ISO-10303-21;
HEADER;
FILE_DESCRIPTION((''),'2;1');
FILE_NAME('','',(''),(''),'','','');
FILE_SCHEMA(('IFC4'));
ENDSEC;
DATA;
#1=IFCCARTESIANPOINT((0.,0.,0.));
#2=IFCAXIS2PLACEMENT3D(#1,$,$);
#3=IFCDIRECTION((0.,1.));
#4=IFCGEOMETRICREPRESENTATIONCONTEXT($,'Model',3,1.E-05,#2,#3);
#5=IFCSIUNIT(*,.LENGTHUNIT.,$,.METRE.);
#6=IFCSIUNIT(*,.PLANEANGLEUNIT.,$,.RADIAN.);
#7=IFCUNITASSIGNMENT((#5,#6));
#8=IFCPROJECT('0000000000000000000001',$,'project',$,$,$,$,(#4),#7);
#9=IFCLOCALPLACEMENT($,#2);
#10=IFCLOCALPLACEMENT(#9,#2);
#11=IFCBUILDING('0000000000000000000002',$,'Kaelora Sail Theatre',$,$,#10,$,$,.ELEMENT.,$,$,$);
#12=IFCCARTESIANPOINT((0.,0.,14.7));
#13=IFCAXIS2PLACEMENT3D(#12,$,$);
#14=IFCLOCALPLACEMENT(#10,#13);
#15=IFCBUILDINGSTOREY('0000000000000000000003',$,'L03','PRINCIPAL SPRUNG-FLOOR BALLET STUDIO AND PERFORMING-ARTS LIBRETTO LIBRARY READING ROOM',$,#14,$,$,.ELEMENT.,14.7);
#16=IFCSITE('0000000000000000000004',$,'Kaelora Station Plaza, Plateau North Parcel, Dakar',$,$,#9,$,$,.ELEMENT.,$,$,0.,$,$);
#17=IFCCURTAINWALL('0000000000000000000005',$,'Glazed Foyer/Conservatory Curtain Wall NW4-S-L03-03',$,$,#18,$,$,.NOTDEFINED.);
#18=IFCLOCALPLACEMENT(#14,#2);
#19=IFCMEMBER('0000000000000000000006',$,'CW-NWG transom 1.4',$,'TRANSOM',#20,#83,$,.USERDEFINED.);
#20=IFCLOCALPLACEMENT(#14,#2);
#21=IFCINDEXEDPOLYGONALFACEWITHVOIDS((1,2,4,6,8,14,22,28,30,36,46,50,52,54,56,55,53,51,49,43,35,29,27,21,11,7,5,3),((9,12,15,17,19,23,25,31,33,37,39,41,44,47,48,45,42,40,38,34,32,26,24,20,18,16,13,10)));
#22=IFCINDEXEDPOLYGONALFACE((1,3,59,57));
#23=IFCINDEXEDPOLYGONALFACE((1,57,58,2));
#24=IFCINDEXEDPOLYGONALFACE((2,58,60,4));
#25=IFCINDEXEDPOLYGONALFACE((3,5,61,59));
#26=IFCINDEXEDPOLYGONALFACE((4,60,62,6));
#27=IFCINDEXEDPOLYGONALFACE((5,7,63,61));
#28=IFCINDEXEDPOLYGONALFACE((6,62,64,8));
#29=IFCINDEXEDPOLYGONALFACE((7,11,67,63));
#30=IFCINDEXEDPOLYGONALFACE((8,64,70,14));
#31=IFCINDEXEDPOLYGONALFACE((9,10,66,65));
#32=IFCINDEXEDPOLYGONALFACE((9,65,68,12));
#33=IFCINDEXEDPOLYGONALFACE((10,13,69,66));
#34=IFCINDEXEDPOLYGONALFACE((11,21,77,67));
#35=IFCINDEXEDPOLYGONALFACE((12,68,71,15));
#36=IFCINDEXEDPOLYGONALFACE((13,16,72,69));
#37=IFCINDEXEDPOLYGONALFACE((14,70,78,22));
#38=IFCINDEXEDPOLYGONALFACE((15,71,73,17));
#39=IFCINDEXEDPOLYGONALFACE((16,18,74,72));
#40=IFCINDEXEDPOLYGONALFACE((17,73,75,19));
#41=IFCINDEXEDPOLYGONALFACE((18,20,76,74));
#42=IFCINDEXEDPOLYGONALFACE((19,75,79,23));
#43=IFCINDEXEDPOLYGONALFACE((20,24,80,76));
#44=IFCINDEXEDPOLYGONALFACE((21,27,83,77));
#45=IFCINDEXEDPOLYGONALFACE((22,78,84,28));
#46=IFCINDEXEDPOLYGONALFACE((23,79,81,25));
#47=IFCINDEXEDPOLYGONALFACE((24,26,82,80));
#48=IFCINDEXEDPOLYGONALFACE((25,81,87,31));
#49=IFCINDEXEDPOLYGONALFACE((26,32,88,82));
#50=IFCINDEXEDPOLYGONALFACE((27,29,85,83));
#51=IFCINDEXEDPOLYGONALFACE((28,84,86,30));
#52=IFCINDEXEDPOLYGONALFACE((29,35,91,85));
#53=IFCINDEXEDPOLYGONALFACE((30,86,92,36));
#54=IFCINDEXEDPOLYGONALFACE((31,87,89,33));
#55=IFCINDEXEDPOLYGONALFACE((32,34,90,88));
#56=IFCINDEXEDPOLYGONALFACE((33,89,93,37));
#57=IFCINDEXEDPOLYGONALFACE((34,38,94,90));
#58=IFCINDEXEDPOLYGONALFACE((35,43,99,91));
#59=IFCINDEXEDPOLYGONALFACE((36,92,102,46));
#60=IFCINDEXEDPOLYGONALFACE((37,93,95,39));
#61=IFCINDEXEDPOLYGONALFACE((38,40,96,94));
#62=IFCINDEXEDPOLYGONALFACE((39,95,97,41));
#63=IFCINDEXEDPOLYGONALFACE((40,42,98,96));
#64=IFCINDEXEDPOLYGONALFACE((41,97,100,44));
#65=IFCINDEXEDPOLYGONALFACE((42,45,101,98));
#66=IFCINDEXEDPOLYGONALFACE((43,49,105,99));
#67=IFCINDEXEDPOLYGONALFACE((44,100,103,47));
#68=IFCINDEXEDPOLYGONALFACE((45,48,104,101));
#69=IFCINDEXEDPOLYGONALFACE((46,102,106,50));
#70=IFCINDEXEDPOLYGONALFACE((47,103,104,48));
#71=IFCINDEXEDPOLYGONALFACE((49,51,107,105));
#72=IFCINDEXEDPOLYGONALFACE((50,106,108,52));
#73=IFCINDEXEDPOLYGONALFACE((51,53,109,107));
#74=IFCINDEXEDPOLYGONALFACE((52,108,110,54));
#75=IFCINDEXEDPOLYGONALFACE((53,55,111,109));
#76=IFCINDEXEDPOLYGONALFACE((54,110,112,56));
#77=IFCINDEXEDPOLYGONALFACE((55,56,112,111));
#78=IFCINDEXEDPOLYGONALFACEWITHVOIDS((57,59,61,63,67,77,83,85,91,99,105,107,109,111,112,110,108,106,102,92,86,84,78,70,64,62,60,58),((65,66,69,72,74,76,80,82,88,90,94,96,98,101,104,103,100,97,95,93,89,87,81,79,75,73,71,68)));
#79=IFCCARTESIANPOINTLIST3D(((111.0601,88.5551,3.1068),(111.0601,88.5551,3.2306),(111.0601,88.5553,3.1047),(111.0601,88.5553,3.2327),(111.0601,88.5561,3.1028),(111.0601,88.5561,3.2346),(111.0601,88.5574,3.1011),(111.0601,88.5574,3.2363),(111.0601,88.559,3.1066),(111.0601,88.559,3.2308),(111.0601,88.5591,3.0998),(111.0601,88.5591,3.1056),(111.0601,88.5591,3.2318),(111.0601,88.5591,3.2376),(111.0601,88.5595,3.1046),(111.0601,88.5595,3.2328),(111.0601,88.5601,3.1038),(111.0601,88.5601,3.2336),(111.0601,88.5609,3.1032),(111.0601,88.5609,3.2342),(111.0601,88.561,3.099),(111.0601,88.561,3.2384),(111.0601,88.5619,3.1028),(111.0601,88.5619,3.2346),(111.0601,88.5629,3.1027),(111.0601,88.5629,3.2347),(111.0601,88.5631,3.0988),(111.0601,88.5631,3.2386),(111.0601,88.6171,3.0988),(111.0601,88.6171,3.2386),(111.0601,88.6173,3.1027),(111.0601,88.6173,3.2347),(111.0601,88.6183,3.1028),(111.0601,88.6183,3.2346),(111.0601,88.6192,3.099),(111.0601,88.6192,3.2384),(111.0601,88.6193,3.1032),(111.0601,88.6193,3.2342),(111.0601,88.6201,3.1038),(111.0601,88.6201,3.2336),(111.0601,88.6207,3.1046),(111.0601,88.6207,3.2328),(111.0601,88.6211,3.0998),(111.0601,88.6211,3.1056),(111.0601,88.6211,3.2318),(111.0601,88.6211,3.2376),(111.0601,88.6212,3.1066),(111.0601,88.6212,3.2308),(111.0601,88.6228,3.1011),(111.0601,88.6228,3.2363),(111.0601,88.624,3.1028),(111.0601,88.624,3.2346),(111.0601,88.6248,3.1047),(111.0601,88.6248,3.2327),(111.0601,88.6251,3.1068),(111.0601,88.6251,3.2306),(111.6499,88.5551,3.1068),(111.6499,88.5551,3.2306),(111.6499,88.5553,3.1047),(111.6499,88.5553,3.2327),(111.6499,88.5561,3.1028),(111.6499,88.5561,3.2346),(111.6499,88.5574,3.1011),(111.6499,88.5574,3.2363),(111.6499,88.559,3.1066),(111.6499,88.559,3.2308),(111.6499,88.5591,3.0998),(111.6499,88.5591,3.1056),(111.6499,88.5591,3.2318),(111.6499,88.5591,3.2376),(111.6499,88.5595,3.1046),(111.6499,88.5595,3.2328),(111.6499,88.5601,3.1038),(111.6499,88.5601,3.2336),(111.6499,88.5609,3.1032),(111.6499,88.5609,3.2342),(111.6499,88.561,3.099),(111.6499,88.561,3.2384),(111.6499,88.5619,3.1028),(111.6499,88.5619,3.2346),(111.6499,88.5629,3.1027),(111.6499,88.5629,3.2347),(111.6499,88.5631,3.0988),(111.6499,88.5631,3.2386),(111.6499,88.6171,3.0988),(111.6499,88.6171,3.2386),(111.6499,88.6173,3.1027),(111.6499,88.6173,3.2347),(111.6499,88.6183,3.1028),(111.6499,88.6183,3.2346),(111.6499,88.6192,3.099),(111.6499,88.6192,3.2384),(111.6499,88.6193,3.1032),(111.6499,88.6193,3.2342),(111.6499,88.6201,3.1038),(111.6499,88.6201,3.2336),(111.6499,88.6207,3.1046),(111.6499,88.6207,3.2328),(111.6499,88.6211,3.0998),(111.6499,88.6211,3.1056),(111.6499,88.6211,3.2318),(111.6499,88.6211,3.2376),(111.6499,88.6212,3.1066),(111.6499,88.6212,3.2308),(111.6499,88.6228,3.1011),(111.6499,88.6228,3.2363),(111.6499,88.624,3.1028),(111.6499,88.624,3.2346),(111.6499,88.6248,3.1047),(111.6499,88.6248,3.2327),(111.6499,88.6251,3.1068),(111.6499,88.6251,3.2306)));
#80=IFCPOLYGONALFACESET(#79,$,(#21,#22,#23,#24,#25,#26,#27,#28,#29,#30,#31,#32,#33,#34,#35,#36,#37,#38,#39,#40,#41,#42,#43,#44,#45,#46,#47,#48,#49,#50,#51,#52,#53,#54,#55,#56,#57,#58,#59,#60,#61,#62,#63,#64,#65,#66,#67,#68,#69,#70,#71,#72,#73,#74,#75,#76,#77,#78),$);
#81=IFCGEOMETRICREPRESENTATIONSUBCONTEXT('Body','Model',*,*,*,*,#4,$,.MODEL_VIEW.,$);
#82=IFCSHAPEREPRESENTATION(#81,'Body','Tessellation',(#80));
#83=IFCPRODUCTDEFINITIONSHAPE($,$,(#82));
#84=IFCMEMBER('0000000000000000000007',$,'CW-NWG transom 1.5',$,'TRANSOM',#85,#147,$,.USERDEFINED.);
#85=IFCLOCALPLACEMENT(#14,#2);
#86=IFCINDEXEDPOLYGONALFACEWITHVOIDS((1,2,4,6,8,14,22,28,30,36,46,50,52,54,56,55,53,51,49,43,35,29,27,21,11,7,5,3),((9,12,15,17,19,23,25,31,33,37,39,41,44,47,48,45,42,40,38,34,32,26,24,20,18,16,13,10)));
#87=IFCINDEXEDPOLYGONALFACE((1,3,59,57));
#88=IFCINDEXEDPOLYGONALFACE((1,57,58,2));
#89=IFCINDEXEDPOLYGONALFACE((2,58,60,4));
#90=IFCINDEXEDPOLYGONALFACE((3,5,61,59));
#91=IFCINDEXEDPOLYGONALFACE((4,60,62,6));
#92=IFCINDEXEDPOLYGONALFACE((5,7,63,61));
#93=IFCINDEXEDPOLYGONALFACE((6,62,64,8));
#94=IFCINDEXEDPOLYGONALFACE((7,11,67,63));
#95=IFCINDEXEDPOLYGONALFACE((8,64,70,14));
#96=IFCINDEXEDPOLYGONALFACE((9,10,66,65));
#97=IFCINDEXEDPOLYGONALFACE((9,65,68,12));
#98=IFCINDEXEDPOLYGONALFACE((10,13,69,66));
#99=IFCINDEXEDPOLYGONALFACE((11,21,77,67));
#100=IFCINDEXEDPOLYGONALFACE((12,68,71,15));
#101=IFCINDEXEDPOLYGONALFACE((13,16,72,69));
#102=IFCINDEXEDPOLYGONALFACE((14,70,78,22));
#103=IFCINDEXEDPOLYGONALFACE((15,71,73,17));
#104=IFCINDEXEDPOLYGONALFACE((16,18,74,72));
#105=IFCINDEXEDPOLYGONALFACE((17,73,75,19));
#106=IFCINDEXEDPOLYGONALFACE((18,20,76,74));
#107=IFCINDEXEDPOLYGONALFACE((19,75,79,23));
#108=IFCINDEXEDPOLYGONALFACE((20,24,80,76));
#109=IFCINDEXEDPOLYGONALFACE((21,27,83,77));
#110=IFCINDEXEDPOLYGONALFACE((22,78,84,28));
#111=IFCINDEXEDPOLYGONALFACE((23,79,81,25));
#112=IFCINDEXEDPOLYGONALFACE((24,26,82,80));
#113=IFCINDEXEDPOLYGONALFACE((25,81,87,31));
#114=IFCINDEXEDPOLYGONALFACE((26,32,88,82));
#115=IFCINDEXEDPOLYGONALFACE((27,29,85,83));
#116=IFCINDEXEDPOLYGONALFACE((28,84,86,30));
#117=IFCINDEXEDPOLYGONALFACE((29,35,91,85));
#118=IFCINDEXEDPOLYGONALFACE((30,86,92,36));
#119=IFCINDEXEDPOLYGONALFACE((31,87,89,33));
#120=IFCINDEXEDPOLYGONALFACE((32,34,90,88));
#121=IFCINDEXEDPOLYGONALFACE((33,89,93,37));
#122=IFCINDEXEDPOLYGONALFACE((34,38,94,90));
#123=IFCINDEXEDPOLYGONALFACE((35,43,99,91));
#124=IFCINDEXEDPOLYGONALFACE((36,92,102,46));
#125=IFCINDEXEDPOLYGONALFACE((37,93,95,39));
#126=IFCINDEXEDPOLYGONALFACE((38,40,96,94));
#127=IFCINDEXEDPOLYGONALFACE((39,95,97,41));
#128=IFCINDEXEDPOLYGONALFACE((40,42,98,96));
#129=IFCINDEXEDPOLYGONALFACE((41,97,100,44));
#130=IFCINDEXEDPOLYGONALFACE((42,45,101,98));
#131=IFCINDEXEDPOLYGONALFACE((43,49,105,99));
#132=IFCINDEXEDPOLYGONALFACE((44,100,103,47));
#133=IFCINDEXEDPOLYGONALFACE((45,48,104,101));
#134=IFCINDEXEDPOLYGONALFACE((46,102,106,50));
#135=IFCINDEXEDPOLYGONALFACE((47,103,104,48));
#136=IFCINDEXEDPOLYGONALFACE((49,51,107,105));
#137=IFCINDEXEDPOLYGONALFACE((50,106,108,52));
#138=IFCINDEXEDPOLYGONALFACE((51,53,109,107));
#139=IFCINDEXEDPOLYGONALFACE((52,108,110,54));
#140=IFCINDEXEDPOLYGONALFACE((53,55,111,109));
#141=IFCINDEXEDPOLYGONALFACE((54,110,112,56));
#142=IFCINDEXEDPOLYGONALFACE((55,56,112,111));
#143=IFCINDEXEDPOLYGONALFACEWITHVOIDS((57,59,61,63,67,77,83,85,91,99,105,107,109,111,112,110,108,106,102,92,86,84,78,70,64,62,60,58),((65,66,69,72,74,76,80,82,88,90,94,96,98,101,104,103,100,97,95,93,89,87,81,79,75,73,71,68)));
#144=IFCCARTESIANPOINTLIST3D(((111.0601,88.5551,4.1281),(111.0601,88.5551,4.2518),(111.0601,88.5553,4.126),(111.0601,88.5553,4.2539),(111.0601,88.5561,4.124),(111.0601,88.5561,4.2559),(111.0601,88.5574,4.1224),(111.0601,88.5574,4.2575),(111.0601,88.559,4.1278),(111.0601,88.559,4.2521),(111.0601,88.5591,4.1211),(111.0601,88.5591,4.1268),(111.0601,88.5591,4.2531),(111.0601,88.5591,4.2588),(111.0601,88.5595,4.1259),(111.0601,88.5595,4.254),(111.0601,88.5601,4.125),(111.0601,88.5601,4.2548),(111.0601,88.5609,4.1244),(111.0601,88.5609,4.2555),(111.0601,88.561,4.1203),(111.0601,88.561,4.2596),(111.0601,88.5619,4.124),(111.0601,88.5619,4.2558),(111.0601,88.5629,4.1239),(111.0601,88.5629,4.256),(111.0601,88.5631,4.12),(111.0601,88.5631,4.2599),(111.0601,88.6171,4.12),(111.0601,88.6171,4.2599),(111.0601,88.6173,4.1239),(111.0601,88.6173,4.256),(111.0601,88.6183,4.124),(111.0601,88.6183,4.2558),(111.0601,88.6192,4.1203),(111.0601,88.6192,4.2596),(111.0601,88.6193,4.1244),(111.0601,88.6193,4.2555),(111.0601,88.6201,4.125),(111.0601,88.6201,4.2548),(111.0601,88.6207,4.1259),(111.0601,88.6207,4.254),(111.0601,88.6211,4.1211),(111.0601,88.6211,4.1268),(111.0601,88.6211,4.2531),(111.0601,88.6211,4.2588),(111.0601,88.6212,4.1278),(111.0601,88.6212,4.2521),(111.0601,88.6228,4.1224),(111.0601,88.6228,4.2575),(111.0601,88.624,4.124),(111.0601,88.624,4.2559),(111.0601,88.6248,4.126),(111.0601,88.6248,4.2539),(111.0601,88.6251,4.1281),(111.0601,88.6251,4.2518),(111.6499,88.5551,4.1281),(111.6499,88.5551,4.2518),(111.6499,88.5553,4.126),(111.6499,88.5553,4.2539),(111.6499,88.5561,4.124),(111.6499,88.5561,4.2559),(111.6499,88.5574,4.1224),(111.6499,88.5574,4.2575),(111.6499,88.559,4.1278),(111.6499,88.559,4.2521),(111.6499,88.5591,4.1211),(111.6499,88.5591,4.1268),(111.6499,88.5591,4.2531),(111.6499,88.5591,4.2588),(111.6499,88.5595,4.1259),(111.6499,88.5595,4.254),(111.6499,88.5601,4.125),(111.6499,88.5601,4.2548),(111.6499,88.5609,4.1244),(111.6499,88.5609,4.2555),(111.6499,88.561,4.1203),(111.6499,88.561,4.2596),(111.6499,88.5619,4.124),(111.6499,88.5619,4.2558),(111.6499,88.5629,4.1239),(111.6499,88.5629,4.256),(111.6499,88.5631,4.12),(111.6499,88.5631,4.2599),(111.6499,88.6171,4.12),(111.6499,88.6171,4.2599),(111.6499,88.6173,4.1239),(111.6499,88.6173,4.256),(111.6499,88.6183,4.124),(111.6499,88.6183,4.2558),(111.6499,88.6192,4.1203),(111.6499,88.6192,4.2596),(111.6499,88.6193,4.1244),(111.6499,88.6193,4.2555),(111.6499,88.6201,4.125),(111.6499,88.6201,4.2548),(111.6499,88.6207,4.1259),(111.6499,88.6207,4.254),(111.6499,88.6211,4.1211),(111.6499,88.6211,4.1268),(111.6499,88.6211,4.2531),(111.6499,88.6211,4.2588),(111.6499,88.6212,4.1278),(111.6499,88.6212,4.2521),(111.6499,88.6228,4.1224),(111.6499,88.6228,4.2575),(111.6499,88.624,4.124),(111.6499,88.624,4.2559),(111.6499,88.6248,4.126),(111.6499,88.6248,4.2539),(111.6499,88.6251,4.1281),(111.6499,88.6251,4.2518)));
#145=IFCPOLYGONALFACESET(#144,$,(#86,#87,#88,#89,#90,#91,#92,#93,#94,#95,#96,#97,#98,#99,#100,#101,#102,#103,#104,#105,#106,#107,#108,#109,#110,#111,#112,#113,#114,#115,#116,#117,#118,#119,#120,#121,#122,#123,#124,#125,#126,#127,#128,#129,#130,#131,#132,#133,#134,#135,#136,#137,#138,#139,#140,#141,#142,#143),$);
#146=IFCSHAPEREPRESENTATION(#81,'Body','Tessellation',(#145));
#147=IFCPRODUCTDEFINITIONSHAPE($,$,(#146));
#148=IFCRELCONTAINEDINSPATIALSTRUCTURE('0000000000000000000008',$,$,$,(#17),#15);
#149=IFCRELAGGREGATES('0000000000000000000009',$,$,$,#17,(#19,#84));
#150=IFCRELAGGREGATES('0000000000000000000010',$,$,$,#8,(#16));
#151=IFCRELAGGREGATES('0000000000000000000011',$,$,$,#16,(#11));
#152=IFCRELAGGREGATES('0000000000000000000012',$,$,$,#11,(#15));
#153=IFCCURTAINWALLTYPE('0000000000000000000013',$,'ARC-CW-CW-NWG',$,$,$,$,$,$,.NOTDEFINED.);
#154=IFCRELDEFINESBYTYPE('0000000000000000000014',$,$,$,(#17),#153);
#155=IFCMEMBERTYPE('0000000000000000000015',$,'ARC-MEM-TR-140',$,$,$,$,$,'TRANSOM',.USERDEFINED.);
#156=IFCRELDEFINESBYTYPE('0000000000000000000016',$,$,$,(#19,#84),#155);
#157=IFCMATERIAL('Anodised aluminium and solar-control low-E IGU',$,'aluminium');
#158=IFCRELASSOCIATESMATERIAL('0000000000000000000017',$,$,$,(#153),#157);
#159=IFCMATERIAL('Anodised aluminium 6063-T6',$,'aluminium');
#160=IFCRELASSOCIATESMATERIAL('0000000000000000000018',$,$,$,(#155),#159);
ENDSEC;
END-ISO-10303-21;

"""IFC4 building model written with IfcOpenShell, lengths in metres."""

from ifc_helpers import new_model, si_unit, direction, frame, origin, origin_2d, place, context, subcontext, project, spatial, hollow_rectangle, extrude, material, material_profile, profile_set, type_object, element, aggregate, save


model = new_model("IFC4")

# Units and contexts
model_context = context("Model", 3, precision=1e-05, world=origin(), true_north=direction((0.0, 1.0)))
body_context = subcontext(model_context, "Body", "Model", "MODEL_VIEW")
ifc_project = project(units=[si_unit("LENGTHUNIT", "METRE"), si_unit("PLANEANGLEUNIT", "RADIAN")], contexts=[model_context])

# Site, building, storey
site_placement = place(None, origin())
site = spatial("IfcSite", under=ifc_project, at=site_placement, Name="Kaelora Station Plaza, Plateau North Parcel, Dakar", CompositionType="ELEMENT", RefElevation=0.0)
building_placement = place(site_placement, origin())
building = spatial("IfcBuilding", under=site, at=building_placement, Name="Kaelora Sail Theatre", CompositionType="ELEMENT")
storey_placement = place(building_placement, frame((0.0, 0.0, 14.7)))
storey = spatial("IfcBuildingStorey", under=building, at=storey_placement, Name="L03", Description="PRINCIPAL SPRUNG-FLOOR BALLET STUDIO AND PERFORMING-ARTS LIBRETTO LIBRARY READING ROOM", CompositionType="ELEMENT", Elevation=14.7)

# Curtain wall, members
ifc_material_1 = material(Name="Anodised aluminium and solar-control low-E IGU", Category="aluminium")
curtain_wall_type = type_object("IfcCurtainWallType", Name="ARC-CW-CW-NWG", PredefinedType="NOTDEFINED", material=ifc_material_1)
ifc_material_2 = material(Name="Anodised aluminium 6063-T6", Category="aluminium")
ifc_material_profile = material_profile(ifc_material_2, hollow_rectangle(XDim=0.0701, YDim=0.1399, WallThickness=0.0039, InnerFilletRadius=0.0039, OuterFilletRadius=0.0081, at=origin_2d()), Name="ALU-TRAN 70x140x4")
ifc_profile_set = profile_set([ifc_material_profile], Name="Anodised aluminium 6063-T6")
member_type = type_object("IfcMemberType", Name="ARC-MEM-TR-140", ElementType="TRANSOM", PredefinedType="USERDEFINED", material=ifc_profile_set)
curtain_wall_1_placement = place(storey_placement, origin())
curtain_wall_1 = element("IfcCurtainWall", 1, at=curtain_wall_1_placement, inside=storey, type_object=curtain_wall_type, Name="Glazed Foyer/Conservatory Curtain Wall NW4-S-L03-03", PredefinedType="NOTDEFINED")
member_1_placement = place(storey_placement, frame((111.0601, 88.5901, 3.1687), z_axis=(1.0, 0.0, 0.0), x_axis=(0.0, 1.0, 0.0)))
member_1 = element("IfcMember", 2, at=member_1_placement, type_object=member_type, Name="CW-NWG transom 1.4", ObjectType="TRANSOM", PredefinedType="USERDEFINED", context=body_context, shape_type="SweptSolid", body=[
    extrude(hollow_rectangle(XDim=0.0701, YDim=0.1399, WallThickness=0.0039, InnerFilletRadius=0.0039, OuterFilletRadius=0.0081, at=origin_2d()), origin(), (0.0, 0.0, 1.0), 0.5898),
])
member_2_placement = place(storey_placement, frame((111.0601, 88.5901, 4.1899), z_axis=(1.0, 0.0, 0.0), x_axis=(0.0, 1.0, 0.0)))
member_2 = element("IfcMember", 3, at=member_2_placement, type_object=member_type, Name="CW-NWG transom 1.5", ObjectType="TRANSOM", PredefinedType="USERDEFINED", context=body_context, shape_type="SweptSolid", body=[
    extrude(hollow_rectangle(XDim=0.0701, YDim=0.1399, WallThickness=0.0039, InnerFilletRadius=0.0039, OuterFilletRadius=0.0081, at=origin_2d()), origin(), (0.0, 0.0, 1.0), 0.5898),
])

aggregate(curtain_wall_1, [member_1, member_2])

save(model, "model.ifc")
